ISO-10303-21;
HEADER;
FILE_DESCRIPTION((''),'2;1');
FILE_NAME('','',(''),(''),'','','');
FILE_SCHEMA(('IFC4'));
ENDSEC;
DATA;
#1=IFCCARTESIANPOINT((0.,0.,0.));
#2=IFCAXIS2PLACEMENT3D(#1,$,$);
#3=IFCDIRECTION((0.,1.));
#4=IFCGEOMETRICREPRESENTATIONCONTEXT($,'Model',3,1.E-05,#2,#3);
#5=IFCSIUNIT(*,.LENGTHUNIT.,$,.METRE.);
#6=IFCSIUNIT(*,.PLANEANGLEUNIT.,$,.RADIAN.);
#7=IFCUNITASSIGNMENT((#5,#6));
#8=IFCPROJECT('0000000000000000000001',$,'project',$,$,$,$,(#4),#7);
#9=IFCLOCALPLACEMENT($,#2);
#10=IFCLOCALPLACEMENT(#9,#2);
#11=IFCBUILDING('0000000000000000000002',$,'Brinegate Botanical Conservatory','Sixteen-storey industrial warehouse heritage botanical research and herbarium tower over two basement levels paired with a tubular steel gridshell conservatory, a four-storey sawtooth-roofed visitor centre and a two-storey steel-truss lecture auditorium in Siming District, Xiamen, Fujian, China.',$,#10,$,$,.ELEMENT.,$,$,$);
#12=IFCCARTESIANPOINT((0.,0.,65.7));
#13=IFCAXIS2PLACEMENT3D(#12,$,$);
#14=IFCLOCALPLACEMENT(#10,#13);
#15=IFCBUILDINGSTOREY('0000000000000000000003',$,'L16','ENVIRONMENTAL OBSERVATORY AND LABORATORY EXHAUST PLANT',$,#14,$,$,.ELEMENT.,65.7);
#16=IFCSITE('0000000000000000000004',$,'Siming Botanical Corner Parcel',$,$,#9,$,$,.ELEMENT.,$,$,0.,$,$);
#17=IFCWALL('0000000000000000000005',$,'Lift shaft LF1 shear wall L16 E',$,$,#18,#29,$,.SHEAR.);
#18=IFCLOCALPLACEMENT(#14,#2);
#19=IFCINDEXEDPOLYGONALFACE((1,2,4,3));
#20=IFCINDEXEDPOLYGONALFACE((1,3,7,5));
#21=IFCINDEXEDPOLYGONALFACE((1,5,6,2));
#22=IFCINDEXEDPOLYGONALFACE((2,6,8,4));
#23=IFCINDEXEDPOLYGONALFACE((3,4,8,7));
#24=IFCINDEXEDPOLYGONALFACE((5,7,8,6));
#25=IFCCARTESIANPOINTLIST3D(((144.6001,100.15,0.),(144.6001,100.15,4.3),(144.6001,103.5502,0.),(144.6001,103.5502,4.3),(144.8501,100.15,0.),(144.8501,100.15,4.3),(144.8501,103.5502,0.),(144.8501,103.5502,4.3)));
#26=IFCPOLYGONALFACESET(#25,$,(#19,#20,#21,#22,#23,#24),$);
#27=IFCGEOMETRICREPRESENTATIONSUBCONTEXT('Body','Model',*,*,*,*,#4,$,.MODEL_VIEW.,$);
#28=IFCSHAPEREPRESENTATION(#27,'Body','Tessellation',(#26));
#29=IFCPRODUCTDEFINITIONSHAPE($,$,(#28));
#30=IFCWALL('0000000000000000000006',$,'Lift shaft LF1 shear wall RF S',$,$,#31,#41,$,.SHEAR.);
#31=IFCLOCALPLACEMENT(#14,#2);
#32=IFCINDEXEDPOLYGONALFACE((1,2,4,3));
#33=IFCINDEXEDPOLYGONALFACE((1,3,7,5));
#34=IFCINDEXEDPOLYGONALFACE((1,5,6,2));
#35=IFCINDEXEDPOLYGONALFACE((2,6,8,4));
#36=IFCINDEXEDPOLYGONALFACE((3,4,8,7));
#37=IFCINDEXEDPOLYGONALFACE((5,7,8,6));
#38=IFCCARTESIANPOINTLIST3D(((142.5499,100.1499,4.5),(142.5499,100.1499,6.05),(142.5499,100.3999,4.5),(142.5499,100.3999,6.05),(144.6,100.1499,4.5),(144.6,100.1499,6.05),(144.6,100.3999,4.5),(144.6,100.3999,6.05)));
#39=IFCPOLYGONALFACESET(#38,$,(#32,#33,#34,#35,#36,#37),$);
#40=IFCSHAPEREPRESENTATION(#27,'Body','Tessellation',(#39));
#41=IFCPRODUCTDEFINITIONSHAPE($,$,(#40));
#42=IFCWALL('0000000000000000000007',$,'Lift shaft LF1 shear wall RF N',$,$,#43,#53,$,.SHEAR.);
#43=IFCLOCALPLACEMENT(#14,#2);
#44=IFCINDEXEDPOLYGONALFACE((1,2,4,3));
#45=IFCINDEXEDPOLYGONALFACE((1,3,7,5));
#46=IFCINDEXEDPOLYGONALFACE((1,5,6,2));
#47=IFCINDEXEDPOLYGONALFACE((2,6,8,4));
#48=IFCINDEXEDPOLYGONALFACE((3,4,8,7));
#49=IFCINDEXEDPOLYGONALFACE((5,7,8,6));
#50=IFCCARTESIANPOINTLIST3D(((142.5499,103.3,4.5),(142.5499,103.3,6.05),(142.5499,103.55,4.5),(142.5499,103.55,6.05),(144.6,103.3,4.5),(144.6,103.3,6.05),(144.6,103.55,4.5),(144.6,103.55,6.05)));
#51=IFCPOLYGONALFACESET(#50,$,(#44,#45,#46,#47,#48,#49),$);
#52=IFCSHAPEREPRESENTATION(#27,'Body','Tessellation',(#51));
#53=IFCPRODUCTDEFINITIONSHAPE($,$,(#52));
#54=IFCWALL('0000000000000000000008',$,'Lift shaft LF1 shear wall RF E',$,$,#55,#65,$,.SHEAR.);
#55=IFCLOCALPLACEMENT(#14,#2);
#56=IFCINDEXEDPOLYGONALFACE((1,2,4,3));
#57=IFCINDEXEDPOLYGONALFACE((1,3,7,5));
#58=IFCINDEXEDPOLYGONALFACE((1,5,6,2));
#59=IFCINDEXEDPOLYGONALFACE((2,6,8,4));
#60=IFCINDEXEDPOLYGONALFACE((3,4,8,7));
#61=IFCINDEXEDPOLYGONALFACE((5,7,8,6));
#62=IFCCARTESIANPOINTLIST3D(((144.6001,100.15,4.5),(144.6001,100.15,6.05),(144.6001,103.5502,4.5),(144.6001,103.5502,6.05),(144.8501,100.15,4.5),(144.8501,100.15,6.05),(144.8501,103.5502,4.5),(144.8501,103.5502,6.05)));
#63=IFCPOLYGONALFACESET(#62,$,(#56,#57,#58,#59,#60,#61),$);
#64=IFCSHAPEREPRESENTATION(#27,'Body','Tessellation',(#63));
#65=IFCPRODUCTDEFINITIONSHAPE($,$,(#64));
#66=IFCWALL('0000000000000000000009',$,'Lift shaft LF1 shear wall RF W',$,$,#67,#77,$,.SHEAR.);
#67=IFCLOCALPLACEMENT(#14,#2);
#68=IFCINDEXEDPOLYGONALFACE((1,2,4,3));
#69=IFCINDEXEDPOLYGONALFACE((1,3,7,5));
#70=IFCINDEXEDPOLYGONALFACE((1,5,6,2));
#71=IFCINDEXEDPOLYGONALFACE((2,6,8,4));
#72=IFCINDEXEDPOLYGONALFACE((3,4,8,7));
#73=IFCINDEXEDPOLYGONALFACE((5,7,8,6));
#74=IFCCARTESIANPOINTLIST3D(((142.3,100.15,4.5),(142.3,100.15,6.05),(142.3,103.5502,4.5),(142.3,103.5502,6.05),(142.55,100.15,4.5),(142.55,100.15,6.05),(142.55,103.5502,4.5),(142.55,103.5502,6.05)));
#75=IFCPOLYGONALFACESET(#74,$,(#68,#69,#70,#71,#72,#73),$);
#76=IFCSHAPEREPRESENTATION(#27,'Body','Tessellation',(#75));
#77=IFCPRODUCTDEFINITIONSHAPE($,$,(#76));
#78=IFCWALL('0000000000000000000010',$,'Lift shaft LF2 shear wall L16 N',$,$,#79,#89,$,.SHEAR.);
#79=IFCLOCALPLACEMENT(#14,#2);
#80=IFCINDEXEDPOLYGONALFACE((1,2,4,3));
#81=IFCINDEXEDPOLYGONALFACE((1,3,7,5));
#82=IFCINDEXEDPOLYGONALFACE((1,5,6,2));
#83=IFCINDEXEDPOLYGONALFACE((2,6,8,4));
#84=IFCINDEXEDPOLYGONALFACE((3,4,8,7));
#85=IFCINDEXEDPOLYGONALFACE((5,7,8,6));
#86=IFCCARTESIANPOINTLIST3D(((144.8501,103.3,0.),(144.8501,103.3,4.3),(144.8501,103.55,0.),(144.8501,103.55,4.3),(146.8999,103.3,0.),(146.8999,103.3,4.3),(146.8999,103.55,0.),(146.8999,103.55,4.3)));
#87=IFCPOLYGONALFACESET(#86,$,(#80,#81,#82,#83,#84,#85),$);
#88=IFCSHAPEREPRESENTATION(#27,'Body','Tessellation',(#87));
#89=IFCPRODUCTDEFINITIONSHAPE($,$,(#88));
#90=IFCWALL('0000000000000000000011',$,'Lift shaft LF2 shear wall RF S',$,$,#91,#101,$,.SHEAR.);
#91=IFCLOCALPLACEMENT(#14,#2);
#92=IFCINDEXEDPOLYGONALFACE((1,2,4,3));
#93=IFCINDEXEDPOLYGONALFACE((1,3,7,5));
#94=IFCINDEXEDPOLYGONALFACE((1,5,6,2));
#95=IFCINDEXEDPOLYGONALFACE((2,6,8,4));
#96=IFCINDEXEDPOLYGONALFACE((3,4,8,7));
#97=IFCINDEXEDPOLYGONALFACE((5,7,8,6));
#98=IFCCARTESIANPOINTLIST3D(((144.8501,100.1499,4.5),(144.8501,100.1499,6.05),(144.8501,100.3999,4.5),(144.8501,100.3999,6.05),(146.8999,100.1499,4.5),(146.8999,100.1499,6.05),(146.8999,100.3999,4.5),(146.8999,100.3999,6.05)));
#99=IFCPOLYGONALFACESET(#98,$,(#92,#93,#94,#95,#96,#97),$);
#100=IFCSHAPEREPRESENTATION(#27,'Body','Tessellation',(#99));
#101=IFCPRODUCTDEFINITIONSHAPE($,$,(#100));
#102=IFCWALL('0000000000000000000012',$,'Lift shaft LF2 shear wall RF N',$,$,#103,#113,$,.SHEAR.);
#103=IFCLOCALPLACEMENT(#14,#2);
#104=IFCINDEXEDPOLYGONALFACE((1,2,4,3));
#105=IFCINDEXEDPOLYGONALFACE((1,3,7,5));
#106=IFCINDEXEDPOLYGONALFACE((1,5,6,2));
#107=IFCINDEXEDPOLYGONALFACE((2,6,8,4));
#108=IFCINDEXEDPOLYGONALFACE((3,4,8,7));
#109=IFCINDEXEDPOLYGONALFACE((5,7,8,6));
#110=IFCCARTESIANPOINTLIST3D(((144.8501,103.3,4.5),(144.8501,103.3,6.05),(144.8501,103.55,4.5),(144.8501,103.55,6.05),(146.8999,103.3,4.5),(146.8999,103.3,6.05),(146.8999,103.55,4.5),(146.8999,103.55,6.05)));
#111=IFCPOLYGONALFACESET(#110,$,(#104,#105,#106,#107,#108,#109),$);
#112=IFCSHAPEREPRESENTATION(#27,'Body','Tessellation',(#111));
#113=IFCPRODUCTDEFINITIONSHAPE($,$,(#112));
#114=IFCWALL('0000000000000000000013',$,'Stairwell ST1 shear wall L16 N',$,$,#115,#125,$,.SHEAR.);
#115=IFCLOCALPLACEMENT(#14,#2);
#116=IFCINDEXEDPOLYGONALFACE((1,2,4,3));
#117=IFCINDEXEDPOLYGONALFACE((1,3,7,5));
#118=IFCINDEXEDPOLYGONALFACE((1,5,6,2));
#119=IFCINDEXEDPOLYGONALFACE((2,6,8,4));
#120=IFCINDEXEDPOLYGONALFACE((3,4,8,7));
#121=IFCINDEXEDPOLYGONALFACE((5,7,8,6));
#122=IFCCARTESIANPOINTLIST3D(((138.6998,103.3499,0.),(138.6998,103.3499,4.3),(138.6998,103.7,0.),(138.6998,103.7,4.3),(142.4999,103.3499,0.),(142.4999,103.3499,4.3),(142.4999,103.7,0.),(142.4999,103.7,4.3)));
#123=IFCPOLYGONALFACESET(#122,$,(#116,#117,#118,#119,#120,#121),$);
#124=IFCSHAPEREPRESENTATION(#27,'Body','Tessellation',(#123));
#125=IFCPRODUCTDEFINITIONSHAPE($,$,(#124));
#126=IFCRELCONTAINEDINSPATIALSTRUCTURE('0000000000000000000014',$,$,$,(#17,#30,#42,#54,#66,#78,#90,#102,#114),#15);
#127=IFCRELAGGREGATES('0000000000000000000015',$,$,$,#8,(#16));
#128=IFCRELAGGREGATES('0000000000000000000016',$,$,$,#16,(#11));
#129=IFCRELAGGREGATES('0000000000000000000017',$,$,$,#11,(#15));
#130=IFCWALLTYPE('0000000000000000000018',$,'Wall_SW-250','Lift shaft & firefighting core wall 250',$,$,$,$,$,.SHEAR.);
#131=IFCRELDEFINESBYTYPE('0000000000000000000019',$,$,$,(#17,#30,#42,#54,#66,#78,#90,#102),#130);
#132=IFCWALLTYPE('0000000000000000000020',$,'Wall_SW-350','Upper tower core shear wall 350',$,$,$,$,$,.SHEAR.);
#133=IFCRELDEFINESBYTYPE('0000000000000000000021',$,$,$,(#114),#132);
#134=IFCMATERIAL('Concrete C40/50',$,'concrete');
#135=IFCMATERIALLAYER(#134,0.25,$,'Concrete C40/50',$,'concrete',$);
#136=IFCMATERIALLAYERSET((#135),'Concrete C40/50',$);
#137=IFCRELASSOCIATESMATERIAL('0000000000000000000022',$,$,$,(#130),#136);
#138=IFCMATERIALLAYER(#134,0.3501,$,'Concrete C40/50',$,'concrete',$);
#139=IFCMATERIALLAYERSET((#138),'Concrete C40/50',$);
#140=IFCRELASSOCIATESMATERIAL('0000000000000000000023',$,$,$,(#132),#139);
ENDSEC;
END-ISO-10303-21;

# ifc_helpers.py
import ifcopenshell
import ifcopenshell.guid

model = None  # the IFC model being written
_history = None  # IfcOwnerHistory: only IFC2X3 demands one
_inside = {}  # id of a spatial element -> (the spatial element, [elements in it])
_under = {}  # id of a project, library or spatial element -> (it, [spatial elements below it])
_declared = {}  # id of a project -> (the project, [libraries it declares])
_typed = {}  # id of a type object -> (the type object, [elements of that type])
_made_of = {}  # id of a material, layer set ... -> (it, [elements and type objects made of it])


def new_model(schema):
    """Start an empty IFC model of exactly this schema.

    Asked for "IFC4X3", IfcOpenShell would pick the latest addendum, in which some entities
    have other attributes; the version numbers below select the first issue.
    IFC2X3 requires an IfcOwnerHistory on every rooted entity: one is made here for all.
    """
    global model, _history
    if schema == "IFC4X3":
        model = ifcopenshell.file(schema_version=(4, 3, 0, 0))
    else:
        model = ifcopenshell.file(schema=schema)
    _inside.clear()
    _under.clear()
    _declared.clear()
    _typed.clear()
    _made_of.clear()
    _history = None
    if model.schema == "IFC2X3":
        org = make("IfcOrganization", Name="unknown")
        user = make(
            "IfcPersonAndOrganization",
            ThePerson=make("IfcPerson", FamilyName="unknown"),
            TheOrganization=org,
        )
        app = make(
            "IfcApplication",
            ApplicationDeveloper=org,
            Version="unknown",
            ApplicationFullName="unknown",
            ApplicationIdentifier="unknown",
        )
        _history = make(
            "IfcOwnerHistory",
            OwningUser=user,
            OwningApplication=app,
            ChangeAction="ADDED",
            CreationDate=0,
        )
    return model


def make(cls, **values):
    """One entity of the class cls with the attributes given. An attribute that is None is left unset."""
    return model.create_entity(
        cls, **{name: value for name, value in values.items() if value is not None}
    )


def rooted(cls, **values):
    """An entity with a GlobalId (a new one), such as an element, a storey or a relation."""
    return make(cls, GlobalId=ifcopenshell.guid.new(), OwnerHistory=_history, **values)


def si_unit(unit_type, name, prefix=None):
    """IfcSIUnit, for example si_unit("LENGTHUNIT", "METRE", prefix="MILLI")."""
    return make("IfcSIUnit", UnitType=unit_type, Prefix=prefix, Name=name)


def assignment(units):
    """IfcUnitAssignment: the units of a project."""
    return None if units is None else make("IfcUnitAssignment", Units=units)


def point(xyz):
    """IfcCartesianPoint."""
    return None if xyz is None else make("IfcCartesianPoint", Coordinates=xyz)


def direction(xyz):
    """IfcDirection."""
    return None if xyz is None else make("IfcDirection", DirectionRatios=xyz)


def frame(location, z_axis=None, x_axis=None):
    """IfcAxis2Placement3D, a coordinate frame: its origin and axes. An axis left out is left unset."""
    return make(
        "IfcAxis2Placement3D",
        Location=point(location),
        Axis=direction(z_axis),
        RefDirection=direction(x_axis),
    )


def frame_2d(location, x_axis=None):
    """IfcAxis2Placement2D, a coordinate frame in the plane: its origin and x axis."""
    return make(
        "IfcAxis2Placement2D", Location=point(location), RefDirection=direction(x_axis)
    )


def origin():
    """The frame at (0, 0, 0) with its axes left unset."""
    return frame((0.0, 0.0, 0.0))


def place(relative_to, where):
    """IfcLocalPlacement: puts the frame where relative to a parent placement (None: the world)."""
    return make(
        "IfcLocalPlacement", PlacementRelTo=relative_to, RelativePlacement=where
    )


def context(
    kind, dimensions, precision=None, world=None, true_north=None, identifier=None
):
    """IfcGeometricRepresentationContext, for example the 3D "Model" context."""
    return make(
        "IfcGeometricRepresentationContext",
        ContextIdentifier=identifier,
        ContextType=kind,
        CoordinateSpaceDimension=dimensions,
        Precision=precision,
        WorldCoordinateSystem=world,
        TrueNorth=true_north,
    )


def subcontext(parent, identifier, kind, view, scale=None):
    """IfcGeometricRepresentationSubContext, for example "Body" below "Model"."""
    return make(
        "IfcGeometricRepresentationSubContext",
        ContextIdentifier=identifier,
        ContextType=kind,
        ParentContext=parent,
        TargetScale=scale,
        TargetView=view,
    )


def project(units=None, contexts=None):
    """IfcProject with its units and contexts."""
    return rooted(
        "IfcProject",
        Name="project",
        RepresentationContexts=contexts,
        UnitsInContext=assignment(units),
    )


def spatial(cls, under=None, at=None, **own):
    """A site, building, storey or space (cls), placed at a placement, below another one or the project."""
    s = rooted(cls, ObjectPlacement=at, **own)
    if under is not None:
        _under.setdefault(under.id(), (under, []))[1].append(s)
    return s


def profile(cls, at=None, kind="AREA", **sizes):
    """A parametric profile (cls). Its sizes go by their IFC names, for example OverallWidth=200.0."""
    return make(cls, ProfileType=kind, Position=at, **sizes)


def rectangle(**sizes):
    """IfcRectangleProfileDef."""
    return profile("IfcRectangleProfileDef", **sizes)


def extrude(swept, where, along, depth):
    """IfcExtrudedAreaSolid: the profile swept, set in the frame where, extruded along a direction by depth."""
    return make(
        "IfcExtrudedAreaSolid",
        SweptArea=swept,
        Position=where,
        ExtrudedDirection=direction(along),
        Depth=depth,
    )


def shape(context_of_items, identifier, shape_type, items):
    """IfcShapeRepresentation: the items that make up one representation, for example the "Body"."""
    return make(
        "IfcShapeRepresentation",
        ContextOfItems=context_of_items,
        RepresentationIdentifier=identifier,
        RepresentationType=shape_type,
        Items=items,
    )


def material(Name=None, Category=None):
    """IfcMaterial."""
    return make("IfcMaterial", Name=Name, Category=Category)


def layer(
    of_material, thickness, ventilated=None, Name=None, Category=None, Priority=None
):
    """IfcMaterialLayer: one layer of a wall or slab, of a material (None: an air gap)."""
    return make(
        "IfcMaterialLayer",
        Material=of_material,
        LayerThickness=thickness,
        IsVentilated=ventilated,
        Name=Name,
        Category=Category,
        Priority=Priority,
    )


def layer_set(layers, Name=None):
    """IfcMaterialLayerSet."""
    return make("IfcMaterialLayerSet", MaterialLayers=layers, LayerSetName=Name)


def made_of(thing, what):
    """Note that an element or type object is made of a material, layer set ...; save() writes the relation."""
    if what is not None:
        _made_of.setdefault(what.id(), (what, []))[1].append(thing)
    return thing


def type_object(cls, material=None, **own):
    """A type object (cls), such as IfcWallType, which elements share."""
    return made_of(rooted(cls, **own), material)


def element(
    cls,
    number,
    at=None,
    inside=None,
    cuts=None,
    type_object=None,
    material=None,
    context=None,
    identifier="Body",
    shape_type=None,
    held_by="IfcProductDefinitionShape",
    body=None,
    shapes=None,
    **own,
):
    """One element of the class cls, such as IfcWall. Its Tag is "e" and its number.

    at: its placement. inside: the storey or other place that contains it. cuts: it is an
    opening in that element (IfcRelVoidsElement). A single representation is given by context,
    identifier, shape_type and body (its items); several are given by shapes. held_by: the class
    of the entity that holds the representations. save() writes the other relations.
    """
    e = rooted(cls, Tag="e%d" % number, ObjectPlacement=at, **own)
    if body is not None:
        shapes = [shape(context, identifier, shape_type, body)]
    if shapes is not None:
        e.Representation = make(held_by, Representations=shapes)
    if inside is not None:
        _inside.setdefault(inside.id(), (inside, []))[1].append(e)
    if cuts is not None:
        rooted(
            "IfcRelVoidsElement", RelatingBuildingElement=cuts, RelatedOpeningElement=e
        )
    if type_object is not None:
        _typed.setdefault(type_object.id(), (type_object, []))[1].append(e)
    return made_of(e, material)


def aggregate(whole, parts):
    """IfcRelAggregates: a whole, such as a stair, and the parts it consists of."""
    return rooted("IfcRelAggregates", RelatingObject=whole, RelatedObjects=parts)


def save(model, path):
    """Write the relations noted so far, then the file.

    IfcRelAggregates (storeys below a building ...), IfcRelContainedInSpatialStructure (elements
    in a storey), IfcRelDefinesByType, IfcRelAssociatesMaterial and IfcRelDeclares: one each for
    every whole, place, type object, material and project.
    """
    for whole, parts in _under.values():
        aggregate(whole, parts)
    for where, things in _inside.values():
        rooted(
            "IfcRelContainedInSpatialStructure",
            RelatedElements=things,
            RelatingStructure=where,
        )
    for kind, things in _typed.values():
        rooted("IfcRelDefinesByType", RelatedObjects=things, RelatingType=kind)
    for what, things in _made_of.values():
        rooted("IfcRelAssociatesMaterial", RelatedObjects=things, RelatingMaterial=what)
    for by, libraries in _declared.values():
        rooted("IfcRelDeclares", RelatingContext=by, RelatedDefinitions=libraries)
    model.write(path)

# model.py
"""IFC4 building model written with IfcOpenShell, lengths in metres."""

from ifc_helpers import new_model, si_unit, direction, frame, frame_2d, origin, place, context, subcontext, project, spatial, rectangle, extrude, material, layer, layer_set, type_object, element, save


model = new_model("IFC4")

# Units and contexts
model_context = context("Model", 3, precision=1e-05, world=origin(), true_north=direction((0.0, 1.0)))
body_context = subcontext(model_context, "Body", "Model", "MODEL_VIEW")
ifc_project = project(units=[si_unit("LENGTHUNIT", "METRE"), si_unit("PLANEANGLEUNIT", "RADIAN")], contexts=[model_context])

# Site, building, storey
site_placement = place(None, origin())
site = spatial("IfcSite", under=ifc_project, at=site_placement, Name="Siming Botanical Corner Parcel", CompositionType="ELEMENT", RefElevation=0.0)
building_placement = place(site_placement, origin())
building = spatial("IfcBuilding", under=site, at=building_placement, Name="Brinegate Botanical Conservatory", Description="Sixteen-storey industrial warehouse heritage botanical research and herbarium tower over two basement levels paired with a tubular steel gridshell conservatory, a four-storey sawtooth-roofed visitor centre and a two-storey steel-truss lecture auditorium in Siming District, Xiamen, Fujian, China.", CompositionType="ELEMENT")
storey_placement = place(building_placement, frame((0.0, 0.0, 65.7)))
storey = spatial("IfcBuildingStorey", under=building, at=storey_placement, Name="L16", Description="ENVIRONMENTAL OBSERVATORY AND LABORATORY EXHAUST PLANT", CompositionType="ELEMENT", Elevation=65.7)

# Shared definitions
ifc_material_1 = material(Name="Concrete C40/50", Category="concrete")

# Shared definitions
ifc_layer_1 = layer(ifc_material_1, 0.25, Name="Concrete C40/50", Category="concrete")
ifc_layer_set_1 = layer_set([ifc_layer_1], Name="Concrete C40/50")
wall_type_1 = type_object("IfcWallType", Name="Wall_SW-250", Description="Lift shaft & firefighting core wall 250", PredefinedType="SHEAR", material=ifc_layer_set_1)

# Walls
wall_1_placement = place(storey_placement, frame((144.7251, 100.1499, 0.0), z_axis=(0.0, 0.0, 1.0), x_axis=(0.0, 1.0, 0.0)))
element("IfcWall", 1, at=wall_1_placement, inside=storey, type_object=wall_type_1, Name="Lift shaft LF1 shear wall L16 E", PredefinedType="SHEAR", context=body_context, shape_type="SweptSolid", body=[
    extrude(rectangle(XDim=3.4001, YDim=0.25, at=frame_2d((1.7002, 0.0))), origin(), (0.0, 0.0, 1.0), 4.3),
])
for number, where, z_axis, x_axis, name in (
    (2, (142.55, 100.2749, 4.5), (0.0, 0.0, 1.0), (1.0, 0.0, 0.0), "Lift shaft LF1 shear wall RF S"),
    (3, (142.55, 103.425, 4.5), (0.0, 0.0, 1.0), (1.0, 0.0, 0.0), "Lift shaft LF1 shear wall RF N"),
):
    element("IfcWall", number, at=place(storey_placement, frame(where, z_axis=z_axis, x_axis=x_axis)), inside=storey, type_object=wall_type_1, Name=name, PredefinedType="SHEAR", context=body_context, shape_type="SweptSolid", body=[
        extrude(rectangle(XDim=2.05, YDim=0.25, at=frame_2d((1.0249, 0.0))), origin(), (0.0, 0.0, 1.0), 1.55),
    ])
for number, where, z_axis, x_axis, name in (
    (4, (144.7251, 100.1499, 4.5), (0.0, 0.0, 1.0), (0.0, 1.0, 0.0), "Lift shaft LF1 shear wall RF E"),
    (5, (142.425, 100.1499, 4.5), (0.0, 0.0, 1.0), (0.0, 1.0, 0.0), "Lift shaft LF1 shear wall RF W"),
):
    element("IfcWall", number, at=place(storey_placement, frame(where, z_axis=z_axis, x_axis=x_axis)), inside=storey, type_object=wall_type_1, Name=name, PredefinedType="SHEAR", context=body_context, shape_type="SweptSolid", body=[
        extrude(rectangle(XDim=3.4001, YDim=0.25, at=frame_2d((1.7002, 0.0))), origin(), (0.0, 0.0, 1.0), 1.55),
    ])

# Walls
wall_2_placement = place(storey_placement, frame((144.8501, 103.425, 0.0), z_axis=(0.0, 0.0, 1.0), x_axis=(1.0, 0.0, 0.0)))
element("IfcWall", 6, at=wall_2_placement, inside=storey, type_object=wall_type_1, Name="Lift shaft LF2 shear wall L16 N", PredefinedType="SHEAR", context=body_context, shape_type="SweptSolid", body=[
    extrude(rectangle(XDim=2.0498, YDim=0.25, at=frame_2d((1.0249, 0.0))), origin(), (0.0, 0.0, 1.0), 4.3),
])
for number, where, z_axis, x_axis, name in (
    (7, (144.8501, 100.2749, 4.5), (0.0, 0.0, 1.0), (1.0, 0.0, 0.0), "Lift shaft LF2 shear wall RF S"),
    (8, (144.8501, 103.425, 4.5), (0.0, 0.0, 1.0), (1.0, 0.0, 0.0), "Lift shaft LF2 shear wall RF N"),
):
    element("IfcWall", number, at=place(storey_placement, frame(where, z_axis=z_axis, x_axis=x_axis)), inside=storey, type_object=wall_type_1, Name=name, PredefinedType="SHEAR", context=body_context, shape_type="SweptSolid", body=[
        extrude(rectangle(XDim=2.0498, YDim=0.25, at=frame_2d((1.0249, 0.0))), origin(), (0.0, 0.0, 1.0), 1.55),
    ])
ifc_layer_2 = layer(ifc_material_1, 0.3501, Name="Concrete C40/50", Category="concrete")
ifc_layer_set_2 = layer_set([ifc_layer_2], Name="Concrete C40/50")
wall_type_2 = type_object("IfcWallType", Name="Wall_SW-350", Description="Upper tower core shear wall 350", PredefinedType="SHEAR", material=ifc_layer_set_2)
wall_3_placement = place(storey_placement, frame((138.7, 103.5249, 0.0), z_axis=(0.0, 0.0, 1.0), x_axis=(1.0, 0.0, 0.0)))
element("IfcWall", 9, at=wall_3_placement, inside=storey, type_object=wall_type_2, Name="Stairwell ST1 shear wall L16 N", PredefinedType="SHEAR", context=body_context, shape_type="SweptSolid", body=[
    extrude(rectangle(XDim=3.8, YDim=0.3501, at=frame_2d((1.8999, 0.0))), origin(), (0.0, 0.0, 1.0), 4.3),
])

save(model, "model.ifc")
